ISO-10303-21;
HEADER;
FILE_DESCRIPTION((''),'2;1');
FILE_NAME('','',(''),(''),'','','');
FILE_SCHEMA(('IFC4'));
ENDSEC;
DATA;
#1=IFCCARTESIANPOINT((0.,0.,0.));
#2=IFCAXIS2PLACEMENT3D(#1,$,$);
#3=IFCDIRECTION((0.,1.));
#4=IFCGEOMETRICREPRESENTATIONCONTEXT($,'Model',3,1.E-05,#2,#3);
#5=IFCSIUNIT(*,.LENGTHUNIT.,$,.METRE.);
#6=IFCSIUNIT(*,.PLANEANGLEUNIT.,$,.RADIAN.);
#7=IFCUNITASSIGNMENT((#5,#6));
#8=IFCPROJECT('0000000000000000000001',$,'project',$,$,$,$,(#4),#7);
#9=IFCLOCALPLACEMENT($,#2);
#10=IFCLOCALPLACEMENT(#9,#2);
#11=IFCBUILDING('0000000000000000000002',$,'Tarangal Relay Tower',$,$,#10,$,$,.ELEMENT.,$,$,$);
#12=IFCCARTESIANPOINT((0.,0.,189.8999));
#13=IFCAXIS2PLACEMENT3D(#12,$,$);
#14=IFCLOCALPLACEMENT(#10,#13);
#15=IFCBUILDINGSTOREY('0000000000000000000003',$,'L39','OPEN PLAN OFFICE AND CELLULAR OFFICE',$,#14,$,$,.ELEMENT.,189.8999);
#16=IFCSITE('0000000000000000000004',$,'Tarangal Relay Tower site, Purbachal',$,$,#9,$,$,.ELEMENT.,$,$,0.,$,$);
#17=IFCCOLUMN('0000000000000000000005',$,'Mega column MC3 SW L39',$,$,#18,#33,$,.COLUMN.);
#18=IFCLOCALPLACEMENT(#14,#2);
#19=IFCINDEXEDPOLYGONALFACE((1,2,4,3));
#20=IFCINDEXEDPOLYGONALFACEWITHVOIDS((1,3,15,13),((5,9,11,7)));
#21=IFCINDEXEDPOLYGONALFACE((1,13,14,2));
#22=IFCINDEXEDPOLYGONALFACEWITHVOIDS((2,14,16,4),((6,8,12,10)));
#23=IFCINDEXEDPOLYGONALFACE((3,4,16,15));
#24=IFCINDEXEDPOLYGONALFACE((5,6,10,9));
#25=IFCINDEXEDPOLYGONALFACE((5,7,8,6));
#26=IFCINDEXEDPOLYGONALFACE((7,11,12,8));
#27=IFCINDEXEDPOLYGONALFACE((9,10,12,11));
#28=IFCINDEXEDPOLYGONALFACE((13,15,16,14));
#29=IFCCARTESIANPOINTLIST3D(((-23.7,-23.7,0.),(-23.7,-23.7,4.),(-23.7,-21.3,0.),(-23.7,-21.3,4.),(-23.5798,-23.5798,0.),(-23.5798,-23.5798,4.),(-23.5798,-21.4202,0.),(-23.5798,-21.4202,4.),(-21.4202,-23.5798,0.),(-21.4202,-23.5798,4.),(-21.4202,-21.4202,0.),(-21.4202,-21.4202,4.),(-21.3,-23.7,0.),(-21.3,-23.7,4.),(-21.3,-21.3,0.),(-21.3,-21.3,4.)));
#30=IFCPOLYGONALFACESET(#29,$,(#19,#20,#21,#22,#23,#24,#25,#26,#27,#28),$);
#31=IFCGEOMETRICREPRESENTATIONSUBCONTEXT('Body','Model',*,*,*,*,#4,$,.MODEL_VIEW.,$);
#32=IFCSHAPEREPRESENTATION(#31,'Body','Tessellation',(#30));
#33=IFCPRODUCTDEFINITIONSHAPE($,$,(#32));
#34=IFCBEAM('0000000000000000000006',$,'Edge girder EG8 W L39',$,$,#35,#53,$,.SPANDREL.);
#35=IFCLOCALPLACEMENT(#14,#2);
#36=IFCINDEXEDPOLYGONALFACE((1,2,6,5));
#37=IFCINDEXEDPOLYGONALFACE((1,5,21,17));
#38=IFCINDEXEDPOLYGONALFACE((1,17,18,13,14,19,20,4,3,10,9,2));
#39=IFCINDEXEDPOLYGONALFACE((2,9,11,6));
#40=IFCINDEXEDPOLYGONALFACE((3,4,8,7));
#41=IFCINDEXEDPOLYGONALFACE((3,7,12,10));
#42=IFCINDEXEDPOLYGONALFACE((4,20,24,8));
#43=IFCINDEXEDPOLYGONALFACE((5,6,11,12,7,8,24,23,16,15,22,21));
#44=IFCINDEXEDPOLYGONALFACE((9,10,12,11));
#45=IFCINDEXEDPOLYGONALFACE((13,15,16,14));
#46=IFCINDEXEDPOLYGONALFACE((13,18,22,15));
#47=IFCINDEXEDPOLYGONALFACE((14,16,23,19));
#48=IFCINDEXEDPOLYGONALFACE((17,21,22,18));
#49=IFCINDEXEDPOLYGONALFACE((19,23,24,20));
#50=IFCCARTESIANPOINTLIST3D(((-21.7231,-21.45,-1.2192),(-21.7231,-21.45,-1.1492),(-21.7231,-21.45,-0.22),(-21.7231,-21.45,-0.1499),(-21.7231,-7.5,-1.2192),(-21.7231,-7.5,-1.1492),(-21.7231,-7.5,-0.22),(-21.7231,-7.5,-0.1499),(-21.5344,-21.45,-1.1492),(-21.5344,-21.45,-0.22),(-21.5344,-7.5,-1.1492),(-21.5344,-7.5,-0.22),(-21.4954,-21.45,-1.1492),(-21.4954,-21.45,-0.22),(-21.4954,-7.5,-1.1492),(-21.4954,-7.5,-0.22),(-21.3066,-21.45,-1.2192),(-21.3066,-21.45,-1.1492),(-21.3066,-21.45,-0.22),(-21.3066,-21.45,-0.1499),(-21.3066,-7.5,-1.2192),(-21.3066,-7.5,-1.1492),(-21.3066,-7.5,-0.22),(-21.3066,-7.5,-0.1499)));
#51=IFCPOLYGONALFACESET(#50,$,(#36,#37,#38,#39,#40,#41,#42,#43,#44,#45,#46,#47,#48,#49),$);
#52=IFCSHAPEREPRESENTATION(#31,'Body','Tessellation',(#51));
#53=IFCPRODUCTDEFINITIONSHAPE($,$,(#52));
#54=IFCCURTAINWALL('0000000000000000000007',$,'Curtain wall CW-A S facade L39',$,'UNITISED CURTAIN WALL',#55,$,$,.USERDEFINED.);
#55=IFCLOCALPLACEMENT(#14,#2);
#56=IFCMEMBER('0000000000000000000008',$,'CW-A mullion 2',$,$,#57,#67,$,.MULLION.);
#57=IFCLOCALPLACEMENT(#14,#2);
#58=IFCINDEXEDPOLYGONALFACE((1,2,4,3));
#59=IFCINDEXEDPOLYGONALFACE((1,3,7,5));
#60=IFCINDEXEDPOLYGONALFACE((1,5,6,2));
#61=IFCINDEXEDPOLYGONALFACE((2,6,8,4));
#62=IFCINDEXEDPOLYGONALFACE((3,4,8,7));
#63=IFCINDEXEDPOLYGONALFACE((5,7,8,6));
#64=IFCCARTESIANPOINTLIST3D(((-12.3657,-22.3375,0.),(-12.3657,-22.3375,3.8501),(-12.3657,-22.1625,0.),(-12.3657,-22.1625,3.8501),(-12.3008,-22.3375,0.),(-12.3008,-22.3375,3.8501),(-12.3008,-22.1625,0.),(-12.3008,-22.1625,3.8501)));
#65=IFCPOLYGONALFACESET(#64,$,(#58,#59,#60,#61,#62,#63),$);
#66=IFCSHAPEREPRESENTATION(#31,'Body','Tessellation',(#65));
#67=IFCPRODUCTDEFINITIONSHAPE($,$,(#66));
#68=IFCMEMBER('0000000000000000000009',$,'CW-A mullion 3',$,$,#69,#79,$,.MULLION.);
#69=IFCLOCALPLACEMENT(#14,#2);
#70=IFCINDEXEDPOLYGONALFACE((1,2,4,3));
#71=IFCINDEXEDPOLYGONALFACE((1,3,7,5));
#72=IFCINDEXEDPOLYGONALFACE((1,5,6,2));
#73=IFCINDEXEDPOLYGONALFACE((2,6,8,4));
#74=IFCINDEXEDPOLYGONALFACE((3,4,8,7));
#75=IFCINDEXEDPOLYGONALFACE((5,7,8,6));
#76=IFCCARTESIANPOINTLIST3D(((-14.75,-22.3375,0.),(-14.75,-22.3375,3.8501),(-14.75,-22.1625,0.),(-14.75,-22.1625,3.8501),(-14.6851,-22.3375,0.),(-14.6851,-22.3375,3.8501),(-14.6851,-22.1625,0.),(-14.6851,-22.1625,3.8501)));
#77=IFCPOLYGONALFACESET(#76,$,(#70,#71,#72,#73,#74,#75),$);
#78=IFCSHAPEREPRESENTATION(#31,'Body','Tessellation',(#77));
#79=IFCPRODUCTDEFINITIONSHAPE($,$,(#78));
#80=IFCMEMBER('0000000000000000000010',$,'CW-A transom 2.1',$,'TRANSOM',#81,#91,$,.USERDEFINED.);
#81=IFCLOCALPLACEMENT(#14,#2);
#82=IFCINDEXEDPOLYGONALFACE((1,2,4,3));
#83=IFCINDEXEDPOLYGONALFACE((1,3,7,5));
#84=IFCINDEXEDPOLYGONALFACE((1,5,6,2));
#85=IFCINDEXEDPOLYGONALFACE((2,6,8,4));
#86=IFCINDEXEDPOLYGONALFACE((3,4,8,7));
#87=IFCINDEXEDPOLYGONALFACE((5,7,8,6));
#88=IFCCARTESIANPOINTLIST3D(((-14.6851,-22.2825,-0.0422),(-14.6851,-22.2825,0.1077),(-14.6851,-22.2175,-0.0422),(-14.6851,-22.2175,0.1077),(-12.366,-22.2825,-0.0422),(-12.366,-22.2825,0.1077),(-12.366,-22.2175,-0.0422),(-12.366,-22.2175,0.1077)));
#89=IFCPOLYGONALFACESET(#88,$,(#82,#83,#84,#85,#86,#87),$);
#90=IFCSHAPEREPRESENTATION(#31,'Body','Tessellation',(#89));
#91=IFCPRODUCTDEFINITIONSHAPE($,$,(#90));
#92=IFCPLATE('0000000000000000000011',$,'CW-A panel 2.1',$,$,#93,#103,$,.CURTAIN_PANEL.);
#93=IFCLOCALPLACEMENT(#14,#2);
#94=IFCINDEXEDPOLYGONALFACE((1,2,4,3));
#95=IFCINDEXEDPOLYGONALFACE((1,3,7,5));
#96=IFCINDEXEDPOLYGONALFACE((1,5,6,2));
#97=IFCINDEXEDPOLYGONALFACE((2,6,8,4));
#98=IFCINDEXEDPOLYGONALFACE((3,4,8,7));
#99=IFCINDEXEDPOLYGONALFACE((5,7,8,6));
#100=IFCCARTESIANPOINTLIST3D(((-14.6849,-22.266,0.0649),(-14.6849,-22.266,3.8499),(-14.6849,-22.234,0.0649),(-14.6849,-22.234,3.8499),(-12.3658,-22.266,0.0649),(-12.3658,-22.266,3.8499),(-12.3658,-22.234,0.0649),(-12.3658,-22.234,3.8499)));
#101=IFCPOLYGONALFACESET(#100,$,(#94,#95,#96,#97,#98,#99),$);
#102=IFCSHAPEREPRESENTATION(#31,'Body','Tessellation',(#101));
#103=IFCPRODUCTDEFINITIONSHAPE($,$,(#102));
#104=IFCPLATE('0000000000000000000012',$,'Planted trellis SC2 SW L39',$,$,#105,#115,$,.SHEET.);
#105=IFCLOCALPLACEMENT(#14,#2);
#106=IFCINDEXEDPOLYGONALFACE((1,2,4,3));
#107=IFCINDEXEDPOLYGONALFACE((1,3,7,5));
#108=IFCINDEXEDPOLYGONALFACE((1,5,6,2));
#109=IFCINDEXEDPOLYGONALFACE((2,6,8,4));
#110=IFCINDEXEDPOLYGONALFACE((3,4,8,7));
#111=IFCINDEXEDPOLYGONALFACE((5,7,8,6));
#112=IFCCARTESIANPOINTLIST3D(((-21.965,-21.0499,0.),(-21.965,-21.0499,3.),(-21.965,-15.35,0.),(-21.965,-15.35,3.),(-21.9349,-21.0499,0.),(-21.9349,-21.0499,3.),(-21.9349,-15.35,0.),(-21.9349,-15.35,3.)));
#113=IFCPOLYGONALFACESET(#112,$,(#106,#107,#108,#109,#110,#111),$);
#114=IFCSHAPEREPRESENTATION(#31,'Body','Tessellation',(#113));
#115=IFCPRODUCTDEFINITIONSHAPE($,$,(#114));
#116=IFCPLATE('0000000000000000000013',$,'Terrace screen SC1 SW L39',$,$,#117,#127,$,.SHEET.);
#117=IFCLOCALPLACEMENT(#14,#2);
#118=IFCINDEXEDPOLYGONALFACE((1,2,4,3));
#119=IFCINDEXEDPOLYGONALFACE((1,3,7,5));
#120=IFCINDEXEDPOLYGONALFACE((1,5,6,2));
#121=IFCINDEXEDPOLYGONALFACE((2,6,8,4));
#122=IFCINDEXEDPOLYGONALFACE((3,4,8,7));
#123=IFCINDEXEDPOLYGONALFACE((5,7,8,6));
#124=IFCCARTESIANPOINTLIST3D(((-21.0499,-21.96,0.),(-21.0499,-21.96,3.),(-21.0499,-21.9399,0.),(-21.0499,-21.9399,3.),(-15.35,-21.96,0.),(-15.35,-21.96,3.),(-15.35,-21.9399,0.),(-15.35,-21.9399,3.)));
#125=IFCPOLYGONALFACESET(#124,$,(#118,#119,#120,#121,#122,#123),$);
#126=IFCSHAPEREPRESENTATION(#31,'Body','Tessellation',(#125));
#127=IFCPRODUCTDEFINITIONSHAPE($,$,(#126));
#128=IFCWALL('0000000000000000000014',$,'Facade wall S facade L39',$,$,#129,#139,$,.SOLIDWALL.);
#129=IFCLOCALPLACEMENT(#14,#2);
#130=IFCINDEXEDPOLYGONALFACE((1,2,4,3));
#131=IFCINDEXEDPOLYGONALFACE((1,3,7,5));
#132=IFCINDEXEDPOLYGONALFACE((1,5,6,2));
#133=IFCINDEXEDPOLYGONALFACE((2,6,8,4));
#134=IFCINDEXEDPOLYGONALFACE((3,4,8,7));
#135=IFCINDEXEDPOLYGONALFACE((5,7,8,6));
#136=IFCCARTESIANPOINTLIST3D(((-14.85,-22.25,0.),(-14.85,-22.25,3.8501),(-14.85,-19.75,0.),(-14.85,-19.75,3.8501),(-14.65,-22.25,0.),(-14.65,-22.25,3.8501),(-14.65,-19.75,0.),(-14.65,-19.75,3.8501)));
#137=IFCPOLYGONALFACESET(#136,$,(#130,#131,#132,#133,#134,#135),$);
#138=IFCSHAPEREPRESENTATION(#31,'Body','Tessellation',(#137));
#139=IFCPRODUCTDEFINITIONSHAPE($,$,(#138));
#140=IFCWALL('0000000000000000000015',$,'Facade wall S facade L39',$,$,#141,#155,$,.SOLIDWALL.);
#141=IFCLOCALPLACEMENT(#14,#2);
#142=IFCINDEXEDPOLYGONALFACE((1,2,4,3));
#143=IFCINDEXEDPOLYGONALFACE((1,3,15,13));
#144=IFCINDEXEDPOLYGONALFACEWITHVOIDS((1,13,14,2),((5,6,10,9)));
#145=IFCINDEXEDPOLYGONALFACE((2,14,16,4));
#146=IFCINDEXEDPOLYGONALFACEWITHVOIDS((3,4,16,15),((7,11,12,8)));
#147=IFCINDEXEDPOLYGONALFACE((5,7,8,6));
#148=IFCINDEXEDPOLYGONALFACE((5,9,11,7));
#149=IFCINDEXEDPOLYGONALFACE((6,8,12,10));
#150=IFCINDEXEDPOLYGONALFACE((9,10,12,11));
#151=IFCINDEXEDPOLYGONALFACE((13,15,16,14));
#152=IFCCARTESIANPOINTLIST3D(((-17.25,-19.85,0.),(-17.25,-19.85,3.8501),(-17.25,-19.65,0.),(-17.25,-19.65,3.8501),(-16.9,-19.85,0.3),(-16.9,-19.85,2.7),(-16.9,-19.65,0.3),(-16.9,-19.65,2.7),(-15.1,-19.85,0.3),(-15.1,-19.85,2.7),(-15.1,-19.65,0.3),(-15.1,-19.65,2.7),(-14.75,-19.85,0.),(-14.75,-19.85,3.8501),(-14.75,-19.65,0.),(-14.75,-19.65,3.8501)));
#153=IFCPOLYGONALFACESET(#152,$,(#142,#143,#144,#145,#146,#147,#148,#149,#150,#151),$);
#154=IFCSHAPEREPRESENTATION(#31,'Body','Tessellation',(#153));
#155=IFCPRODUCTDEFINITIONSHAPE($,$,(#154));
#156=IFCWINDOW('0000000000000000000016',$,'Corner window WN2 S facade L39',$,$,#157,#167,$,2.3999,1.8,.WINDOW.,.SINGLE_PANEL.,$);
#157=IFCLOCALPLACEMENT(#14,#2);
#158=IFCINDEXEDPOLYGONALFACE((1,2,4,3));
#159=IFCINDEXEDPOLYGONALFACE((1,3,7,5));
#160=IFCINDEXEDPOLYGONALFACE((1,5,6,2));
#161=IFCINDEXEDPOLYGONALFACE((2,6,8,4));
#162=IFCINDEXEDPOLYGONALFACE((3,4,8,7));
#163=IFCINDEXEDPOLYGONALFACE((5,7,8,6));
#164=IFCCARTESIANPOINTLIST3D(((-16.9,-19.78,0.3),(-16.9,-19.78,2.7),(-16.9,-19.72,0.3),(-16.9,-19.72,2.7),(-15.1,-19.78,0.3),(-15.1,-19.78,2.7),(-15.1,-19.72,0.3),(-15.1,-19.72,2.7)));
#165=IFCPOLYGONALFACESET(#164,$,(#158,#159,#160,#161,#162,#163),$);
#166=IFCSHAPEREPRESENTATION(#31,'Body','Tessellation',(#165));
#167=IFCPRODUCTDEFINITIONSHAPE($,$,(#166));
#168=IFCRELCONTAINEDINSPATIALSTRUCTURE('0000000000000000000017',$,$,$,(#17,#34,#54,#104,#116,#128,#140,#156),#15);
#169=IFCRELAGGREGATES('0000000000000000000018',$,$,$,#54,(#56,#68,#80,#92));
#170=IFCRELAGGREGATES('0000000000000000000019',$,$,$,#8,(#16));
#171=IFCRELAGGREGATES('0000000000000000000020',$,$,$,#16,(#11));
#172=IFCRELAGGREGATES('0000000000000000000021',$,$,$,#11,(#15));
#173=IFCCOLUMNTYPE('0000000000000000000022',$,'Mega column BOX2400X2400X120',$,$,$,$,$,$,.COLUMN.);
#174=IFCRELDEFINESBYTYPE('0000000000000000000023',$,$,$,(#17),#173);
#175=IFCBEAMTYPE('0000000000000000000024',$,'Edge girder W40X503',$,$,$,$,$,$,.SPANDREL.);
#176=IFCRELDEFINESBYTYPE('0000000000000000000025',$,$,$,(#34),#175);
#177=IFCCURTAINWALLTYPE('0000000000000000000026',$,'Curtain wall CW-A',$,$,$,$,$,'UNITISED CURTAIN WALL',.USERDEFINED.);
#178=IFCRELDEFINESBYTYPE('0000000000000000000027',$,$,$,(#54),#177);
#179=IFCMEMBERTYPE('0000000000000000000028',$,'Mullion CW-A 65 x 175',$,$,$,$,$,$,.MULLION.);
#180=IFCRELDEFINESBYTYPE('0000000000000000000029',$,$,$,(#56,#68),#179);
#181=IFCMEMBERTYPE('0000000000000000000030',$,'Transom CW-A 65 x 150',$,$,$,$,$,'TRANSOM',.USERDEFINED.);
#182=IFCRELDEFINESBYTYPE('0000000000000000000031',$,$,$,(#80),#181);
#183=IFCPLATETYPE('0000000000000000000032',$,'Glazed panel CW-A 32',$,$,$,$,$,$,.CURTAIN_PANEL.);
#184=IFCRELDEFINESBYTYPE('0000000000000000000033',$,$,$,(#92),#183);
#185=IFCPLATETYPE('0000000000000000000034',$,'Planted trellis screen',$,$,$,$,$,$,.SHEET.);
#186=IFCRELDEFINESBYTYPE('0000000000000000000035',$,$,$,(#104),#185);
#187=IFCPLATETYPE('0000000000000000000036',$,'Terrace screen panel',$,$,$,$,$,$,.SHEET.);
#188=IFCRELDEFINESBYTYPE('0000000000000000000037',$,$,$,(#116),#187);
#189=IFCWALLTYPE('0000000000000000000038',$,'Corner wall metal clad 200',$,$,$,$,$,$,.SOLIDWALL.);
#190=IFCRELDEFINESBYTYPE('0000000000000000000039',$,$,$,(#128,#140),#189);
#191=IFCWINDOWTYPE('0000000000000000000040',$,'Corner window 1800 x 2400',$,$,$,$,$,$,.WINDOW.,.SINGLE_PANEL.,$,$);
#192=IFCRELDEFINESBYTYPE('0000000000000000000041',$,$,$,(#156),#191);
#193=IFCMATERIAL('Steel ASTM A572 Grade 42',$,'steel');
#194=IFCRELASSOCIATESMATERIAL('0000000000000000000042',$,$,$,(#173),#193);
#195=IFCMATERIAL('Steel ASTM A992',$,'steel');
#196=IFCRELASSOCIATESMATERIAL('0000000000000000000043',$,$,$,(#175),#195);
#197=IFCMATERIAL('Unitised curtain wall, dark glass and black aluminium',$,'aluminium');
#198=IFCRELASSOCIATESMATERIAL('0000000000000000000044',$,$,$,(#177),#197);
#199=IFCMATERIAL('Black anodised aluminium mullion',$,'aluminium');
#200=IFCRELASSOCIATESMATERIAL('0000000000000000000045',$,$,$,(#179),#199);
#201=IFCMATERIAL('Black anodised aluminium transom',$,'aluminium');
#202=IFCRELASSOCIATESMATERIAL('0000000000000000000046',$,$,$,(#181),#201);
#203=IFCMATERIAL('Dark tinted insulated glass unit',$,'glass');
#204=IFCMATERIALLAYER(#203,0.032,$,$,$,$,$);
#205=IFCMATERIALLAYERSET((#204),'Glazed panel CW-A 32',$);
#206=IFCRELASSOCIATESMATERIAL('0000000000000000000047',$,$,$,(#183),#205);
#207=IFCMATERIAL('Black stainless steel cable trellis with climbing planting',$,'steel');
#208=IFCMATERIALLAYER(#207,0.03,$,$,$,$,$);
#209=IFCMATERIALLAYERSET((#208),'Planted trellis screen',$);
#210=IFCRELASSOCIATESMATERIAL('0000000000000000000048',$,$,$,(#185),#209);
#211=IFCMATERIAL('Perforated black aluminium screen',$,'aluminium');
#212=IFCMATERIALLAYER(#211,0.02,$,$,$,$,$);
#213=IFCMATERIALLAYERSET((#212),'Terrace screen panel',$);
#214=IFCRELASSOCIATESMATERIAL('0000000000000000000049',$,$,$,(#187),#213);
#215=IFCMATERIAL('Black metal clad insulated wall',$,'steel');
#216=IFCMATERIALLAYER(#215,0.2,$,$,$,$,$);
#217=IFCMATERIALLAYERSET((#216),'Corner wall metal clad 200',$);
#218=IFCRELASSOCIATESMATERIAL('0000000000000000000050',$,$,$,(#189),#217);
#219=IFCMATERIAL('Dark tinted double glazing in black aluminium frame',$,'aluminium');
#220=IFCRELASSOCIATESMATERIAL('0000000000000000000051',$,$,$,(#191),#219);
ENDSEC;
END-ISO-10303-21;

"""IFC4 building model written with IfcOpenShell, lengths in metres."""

from ifc_helpers import new_model, si_unit, direction, frame, frame_2d, origin, origin_2d, place, context, subcontext, project, spatial, rectangle, hollow_rectangle, i_section, extrude, material, layer, layer_set, material_profile, profile_set, type_object, element, fill, aggregate, save


model = new_model("IFC4")

# Units and contexts
model_context = context("Model", 3, precision=1e-05, world=origin(), true_north=direction((0.0, 1.0)))
body_context = subcontext(model_context, "Body", "Model", "MODEL_VIEW")
ifc_project = project(units=[si_unit("LENGTHUNIT", "METRE"), si_unit("PLANEANGLEUNIT", "RADIAN")], contexts=[model_context])

# Site, building, storey
site_placement = place(None, origin())
site = spatial("IfcSite", under=ifc_project, at=site_placement, Name="Tarangal Relay Tower site, Purbachal", CompositionType="ELEMENT", RefElevation=0.0)
building_placement = place(site_placement, origin())
building = spatial("IfcBuilding", under=site, at=building_placement, Name="Tarangal Relay Tower", CompositionType="ELEMENT")
storey_placement = place(building_placement, frame((0.0, 0.0, 189.8999)))
storey = spatial("IfcBuildingStorey", under=building, at=storey_placement, Name="L39", Description="OPEN PLAN OFFICE AND CELLULAR OFFICE", CompositionType="ELEMENT", Elevation=189.8999)

# Column
ifc_material_1 = material(Name="Steel ASTM A572 Grade 42", Category="steel")
ifc_material_profile_1 = material_profile(ifc_material_1, hollow_rectangle(XDim=2.3999, YDim=2.3999, WallThickness=0.1201, at=origin_2d()), Name="BOX2400X2400X120")
ifc_profile_set_1 = profile_set([ifc_material_profile_1], Name="Steel ASTM A572 Grade 42")
column_type = type_object("IfcColumnType", Name="Mega column BOX2400X2400X120", PredefinedType="COLUMN", material=ifc_profile_set_1)
column_placement = place(storey_placement, frame((-22.5, -22.5, 0.0), z_axis=(0.0, 0.0, 1.0), x_axis=(1.0, 0.0, 0.0)))
element("IfcColumn", 1, at=column_placement, inside=storey, type_object=column_type, Name="Mega column MC3 SW L39", PredefinedType="COLUMN", context=body_context, shape_type="SweptSolid", body=[
    extrude(hollow_rectangle(XDim=2.3999, YDim=2.3999, WallThickness=0.1201, at=origin_2d()), origin(), (0.0, 0.0, 1.0), 4.0),
])

# Beam
ifc_material_2 = material(Name="Steel ASTM A992", Category="steel")
ifc_material_profile_2 = material_profile(ifc_material_2, i_section(OverallWidth=0.4165, OverallDepth=1.0693, WebThickness=0.0391, FlangeThickness=0.0701, at=origin_2d()), Name="W40X503")
ifc_profile_set_2 = profile_set([ifc_material_profile_2], Name="Steel ASTM A992")
beam_type = type_object("IfcBeamType", Name="Edge girder W40X503", PredefinedType="SPANDREL", material=ifc_profile_set_2)
beam_placement = place(storey_placement, frame((-21.5149, -21.45, -0.6846), z_axis=(0.0, 1.0, 0.0), x_axis=(-1.0, 0.0, 0.0)))
element("IfcBeam", 2, at=beam_placement, inside=storey, type_object=beam_type, Name="Edge girder EG8 W L39", PredefinedType="SPANDREL", context=body_context, shape_type="SweptSolid", body=[
    extrude(i_section(OverallWidth=0.4165, OverallDepth=1.0693, WebThickness=0.0391, FlangeThickness=0.0701, at=origin_2d()), origin(), (0.0, 0.0, 1.0), 13.95),
])

# Curtain wall, members, plate
ifc_material_3 = material(Name="Unitised curtain wall, dark glass and black aluminium", Category="aluminium")
curtain_wall_type = type_object("IfcCurtainWallType", Name="Curtain wall CW-A", ElementType="UNITISED CURTAIN WALL", PredefinedType="USERDEFINED", material=ifc_material_3)
curtain_wall_placement = place(storey_placement, origin())
curtain_wall = element("IfcCurtainWall", 3, at=curtain_wall_placement, inside=storey, type_object=curtain_wall_type, Name="Curtain wall CW-A S facade L39", ObjectType="UNITISED CURTAIN WALL", PredefinedType="USERDEFINED")
ifc_material_4 = material(Name="Black anodised aluminium mullion", Category="aluminium")
ifc_material_profile_3 = material_profile(ifc_material_4, rectangle(XDim=0.175, YDim=0.0649, at=origin_2d()), Name="CW-AM 65X175")
ifc_profile_set_3 = profile_set([ifc_material_profile_3], Name="Black anodised aluminium mullion")
member_type_1 = type_object("IfcMemberType", Name="Mullion CW-A 65 x 175", PredefinedType="MULLION", material=ifc_profile_set_3)
member_1_placement = place(storey_placement, frame((-12.3333, -22.25, 0.0), z_axis=(0.0, 0.0, 1.0), x_axis=(0.0, -1.0, 0.0)))
member_1 = element("IfcMember", 4, at=member_1_placement, type_object=member_type_1, Name="CW-A mullion 2", PredefinedType="MULLION", context=body_context, shape_type="SweptSolid", body=[
    extrude(rectangle(XDim=0.175, YDim=0.0649, at=origin_2d()), origin(), (0.0, 0.0, 1.0), 3.8501),
])
member_2_placement = place(storey_placement, frame((-14.7175, -22.25, 0.0), z_axis=(0.0, 0.0, 1.0), x_axis=(0.0, -1.0, 0.0)))
member_2 = element("IfcMember", 5, at=member_2_placement, type_object=member_type_1, Name="CW-A mullion 3", PredefinedType="MULLION", context=body_context, shape_type="SweptSolid", body=[
    extrude(rectangle(XDim=0.175, YDim=0.0649, at=origin_2d()), origin(), (0.0, 0.0, 1.0), 3.8501),
])
ifc_material_5 = material(Name="Black anodised aluminium transom", Category="aluminium")
ifc_material_profile_4 = material_profile(ifc_material_5, rectangle(XDim=0.0649, YDim=0.1499, at=origin_2d()), Name="CW-AT 65X150")
ifc_profile_set_4 = profile_set([ifc_material_profile_4], Name="Black anodised aluminium transom")
member_type_2 = type_object("IfcMemberType", Name="Transom CW-A 65 x 150", ElementType="TRANSOM", PredefinedType="USERDEFINED", material=ifc_profile_set_4)
member_3_placement = place(storey_placement, frame((-12.366, -22.25, 0.0327), z_axis=(-1.0, 0.0, 0.0), x_axis=(0.0, -1.0, 0.0)))
member_3 = element("IfcMember", 6, at=member_3_placement, type_object=member_type_2, Name="CW-A transom 2.1", ObjectType="TRANSOM", PredefinedType="USERDEFINED", context=body_context, shape_type="SweptSolid", body=[
    extrude(rectangle(XDim=0.0649, YDim=0.1499, at=origin_2d()), origin(), (0.0, 0.0, 1.0), 2.3191),
])
ifc_material_6 = material(Name="Dark tinted insulated glass unit", Category="glass")
ifc_layer_1 = layer(ifc_material_6, 0.032)
ifc_layer_set_1 = layer_set([ifc_layer_1], Name="Glazed panel CW-A 32")
plate_type_1 = type_object("IfcPlateType", Name="Glazed panel CW-A 32", PredefinedType="CURTAIN_PANEL", material=ifc_layer_set_1)
plate_1_placement = place(storey_placement, frame((-13.5254, -22.25, 0.0649), z_axis=(0.0, 0.0, 1.0), x_axis=(-1.0, 0.0, 0.0)))
plate_1 = element("IfcPlate", 7, at=plate_1_placement, type_object=plate_type_1, Name="CW-A panel 2.1", PredefinedType="CURTAIN_PANEL", context=body_context, shape_type="SweptSolid", body=[
    extrude(rectangle(XDim=2.3191, YDim=0.032, at=origin_2d()), origin(), (0.0, 0.0, 1.0), 3.7849),
])
aggregate(curtain_wall, [member_1, member_2, member_3, plate_1])

# Plates
ifc_material_7 = material(Name="Black stainless steel cable trellis with climbing planting", Category="steel")
ifc_layer_2 = layer(ifc_material_7, 0.03)
ifc_layer_set_2 = layer_set([ifc_layer_2], Name="Planted trellis screen")
plate_type_2 = type_object("IfcPlateType", Name="Planted trellis screen", PredefinedType="SHEET", material=ifc_layer_set_2)
plate_2_placement = place(storey_placement, frame((-21.95, -18.2, 0.0), z_axis=(0.0, 0.0, 1.0), x_axis=(0.0, 1.0, 0.0)))
element("IfcPlate", 8, at=plate_2_placement, inside=storey, type_object=plate_type_2, Name="Planted trellis SC2 SW L39", PredefinedType="SHEET", context=body_context, shape_type="SweptSolid", body=[
    extrude(rectangle(XDim=5.7, YDim=0.03, at=origin_2d()), origin(), (0.0, 0.0, 1.0), 3.0),
])
ifc_material_8 = material(Name="Perforated black aluminium screen", Category="aluminium")
ifc_layer_3 = layer(ifc_material_8, 0.02)
ifc_layer_set_3 = layer_set([ifc_layer_3], Name="Terrace screen panel")
plate_type_3 = type_object("IfcPlateType", Name="Terrace screen panel", PredefinedType="SHEET", material=ifc_layer_set_3)
plate_3_placement = place(storey_placement, frame((-18.2, -21.95, 0.0), z_axis=(0.0, 0.0, 1.0), x_axis=(-1.0, 0.0, 0.0)))
element("IfcPlate", 9, at=plate_3_placement, inside=storey, type_object=plate_type_3, Name="Terrace screen SC1 SW L39", PredefinedType="SHEET", context=body_context, shape_type="SweptSolid", body=[
    extrude(rectangle(XDim=5.7, YDim=0.02, at=origin_2d()), origin(), (0.0, 0.0, 1.0), 3.0),
])

# Wall
ifc_material_9 = material(Name="Black metal clad insulated wall", Category="steel")
ifc_layer_4 = layer(ifc_material_9, 0.2)
ifc_layer_set_4 = layer_set([ifc_layer_4], Name="Corner wall metal clad 200")
wall_type = type_object("IfcWallType", Name="Corner wall metal clad 200", PredefinedType="SOLIDWALL", material=ifc_layer_set_4)
wall_1_placement = place(storey_placement, frame((-14.75, -22.25, 0.0), z_axis=(0.0, 0.0, 1.0), x_axis=(0.0, 1.0, 0.0)))
element("IfcWall", 10, at=wall_1_placement, inside=storey, type_object=wall_type, Name="Facade wall S facade L39", PredefinedType="SOLIDWALL", context=body_context, shape_type="SweptSolid", body=[
    extrude(rectangle(XDim=2.5, YDim=0.2, at=frame_2d((1.25, 0.0))), origin(), (0.0, 0.0, 1.0), 3.8501),
])

# Wall, opening, window
wall_2_placement = place(storey_placement, frame((-14.75, -19.75, 0.0), z_axis=(0.0, 0.0, 1.0), x_axis=(-1.0, 0.0, 0.0)))
wall_2 = element("IfcWall", 11, at=wall_2_placement, inside=storey, type_object=wall_type, Name="Facade wall S facade L39", PredefinedType="SOLIDWALL", context=body_context, shape_type="SweptSolid", body=[
    extrude(rectangle(XDim=2.5, YDim=0.2, at=frame_2d((1.25, 0.0))), origin(), (0.0, 0.0, 1.0), 3.8501),
])
opening_1_placement = place(wall_2_placement, frame((0.3501, 0.0, 0.3)))
opening_1 = element("IfcOpeningElement", 12, at=opening_1_placement, cuts=wall_2, PredefinedType="OPENING", context=body_context, shape_type="SweptSolid", body=[
    extrude(rectangle(XDim=1.8, YDim=2.3999, at=frame_2d((0.8999, 1.2))), frame((0.0, 0.1099, 0.0), z_axis=(0.0, -1.0, 0.0), x_axis=(1.0, 0.0, 0.0)), (0.0, 0.0, 1.0), 0.22),
])
ifc_material_10 = material(Name="Dark tinted double glazing in black aluminium frame", Category="aluminium")
window_type = type_object("IfcWindowType", Name="Corner window 1800 x 2400", PartitioningType="SINGLE_PANEL", PredefinedType="WINDOW", material=ifc_material_10)
window_placement = place(opening_1_placement, origin())
window = element("IfcWindow", 13, at=window_placement, inside=storey, type_object=window_type, Name="Corner window WN2 S facade L39", OverallHeight=2.3999, OverallWidth=1.8, PartitioningType="SINGLE_PANEL", PredefinedType="WINDOW", context=body_context, shape_type="SweptSolid", body=[
    extrude(rectangle(XDim=1.8, YDim=2.3999, at=frame_2d((0.8999, 1.2))), frame((0.0, 0.03, 0.0), z_axis=(0.0, -1.0, 0.0), x_axis=(1.0, 0.0, 0.0)), (0.0, 0.0, 1.0), 0.0601),
])
fill(opening_1, window)

save(model, "model.ifc")
